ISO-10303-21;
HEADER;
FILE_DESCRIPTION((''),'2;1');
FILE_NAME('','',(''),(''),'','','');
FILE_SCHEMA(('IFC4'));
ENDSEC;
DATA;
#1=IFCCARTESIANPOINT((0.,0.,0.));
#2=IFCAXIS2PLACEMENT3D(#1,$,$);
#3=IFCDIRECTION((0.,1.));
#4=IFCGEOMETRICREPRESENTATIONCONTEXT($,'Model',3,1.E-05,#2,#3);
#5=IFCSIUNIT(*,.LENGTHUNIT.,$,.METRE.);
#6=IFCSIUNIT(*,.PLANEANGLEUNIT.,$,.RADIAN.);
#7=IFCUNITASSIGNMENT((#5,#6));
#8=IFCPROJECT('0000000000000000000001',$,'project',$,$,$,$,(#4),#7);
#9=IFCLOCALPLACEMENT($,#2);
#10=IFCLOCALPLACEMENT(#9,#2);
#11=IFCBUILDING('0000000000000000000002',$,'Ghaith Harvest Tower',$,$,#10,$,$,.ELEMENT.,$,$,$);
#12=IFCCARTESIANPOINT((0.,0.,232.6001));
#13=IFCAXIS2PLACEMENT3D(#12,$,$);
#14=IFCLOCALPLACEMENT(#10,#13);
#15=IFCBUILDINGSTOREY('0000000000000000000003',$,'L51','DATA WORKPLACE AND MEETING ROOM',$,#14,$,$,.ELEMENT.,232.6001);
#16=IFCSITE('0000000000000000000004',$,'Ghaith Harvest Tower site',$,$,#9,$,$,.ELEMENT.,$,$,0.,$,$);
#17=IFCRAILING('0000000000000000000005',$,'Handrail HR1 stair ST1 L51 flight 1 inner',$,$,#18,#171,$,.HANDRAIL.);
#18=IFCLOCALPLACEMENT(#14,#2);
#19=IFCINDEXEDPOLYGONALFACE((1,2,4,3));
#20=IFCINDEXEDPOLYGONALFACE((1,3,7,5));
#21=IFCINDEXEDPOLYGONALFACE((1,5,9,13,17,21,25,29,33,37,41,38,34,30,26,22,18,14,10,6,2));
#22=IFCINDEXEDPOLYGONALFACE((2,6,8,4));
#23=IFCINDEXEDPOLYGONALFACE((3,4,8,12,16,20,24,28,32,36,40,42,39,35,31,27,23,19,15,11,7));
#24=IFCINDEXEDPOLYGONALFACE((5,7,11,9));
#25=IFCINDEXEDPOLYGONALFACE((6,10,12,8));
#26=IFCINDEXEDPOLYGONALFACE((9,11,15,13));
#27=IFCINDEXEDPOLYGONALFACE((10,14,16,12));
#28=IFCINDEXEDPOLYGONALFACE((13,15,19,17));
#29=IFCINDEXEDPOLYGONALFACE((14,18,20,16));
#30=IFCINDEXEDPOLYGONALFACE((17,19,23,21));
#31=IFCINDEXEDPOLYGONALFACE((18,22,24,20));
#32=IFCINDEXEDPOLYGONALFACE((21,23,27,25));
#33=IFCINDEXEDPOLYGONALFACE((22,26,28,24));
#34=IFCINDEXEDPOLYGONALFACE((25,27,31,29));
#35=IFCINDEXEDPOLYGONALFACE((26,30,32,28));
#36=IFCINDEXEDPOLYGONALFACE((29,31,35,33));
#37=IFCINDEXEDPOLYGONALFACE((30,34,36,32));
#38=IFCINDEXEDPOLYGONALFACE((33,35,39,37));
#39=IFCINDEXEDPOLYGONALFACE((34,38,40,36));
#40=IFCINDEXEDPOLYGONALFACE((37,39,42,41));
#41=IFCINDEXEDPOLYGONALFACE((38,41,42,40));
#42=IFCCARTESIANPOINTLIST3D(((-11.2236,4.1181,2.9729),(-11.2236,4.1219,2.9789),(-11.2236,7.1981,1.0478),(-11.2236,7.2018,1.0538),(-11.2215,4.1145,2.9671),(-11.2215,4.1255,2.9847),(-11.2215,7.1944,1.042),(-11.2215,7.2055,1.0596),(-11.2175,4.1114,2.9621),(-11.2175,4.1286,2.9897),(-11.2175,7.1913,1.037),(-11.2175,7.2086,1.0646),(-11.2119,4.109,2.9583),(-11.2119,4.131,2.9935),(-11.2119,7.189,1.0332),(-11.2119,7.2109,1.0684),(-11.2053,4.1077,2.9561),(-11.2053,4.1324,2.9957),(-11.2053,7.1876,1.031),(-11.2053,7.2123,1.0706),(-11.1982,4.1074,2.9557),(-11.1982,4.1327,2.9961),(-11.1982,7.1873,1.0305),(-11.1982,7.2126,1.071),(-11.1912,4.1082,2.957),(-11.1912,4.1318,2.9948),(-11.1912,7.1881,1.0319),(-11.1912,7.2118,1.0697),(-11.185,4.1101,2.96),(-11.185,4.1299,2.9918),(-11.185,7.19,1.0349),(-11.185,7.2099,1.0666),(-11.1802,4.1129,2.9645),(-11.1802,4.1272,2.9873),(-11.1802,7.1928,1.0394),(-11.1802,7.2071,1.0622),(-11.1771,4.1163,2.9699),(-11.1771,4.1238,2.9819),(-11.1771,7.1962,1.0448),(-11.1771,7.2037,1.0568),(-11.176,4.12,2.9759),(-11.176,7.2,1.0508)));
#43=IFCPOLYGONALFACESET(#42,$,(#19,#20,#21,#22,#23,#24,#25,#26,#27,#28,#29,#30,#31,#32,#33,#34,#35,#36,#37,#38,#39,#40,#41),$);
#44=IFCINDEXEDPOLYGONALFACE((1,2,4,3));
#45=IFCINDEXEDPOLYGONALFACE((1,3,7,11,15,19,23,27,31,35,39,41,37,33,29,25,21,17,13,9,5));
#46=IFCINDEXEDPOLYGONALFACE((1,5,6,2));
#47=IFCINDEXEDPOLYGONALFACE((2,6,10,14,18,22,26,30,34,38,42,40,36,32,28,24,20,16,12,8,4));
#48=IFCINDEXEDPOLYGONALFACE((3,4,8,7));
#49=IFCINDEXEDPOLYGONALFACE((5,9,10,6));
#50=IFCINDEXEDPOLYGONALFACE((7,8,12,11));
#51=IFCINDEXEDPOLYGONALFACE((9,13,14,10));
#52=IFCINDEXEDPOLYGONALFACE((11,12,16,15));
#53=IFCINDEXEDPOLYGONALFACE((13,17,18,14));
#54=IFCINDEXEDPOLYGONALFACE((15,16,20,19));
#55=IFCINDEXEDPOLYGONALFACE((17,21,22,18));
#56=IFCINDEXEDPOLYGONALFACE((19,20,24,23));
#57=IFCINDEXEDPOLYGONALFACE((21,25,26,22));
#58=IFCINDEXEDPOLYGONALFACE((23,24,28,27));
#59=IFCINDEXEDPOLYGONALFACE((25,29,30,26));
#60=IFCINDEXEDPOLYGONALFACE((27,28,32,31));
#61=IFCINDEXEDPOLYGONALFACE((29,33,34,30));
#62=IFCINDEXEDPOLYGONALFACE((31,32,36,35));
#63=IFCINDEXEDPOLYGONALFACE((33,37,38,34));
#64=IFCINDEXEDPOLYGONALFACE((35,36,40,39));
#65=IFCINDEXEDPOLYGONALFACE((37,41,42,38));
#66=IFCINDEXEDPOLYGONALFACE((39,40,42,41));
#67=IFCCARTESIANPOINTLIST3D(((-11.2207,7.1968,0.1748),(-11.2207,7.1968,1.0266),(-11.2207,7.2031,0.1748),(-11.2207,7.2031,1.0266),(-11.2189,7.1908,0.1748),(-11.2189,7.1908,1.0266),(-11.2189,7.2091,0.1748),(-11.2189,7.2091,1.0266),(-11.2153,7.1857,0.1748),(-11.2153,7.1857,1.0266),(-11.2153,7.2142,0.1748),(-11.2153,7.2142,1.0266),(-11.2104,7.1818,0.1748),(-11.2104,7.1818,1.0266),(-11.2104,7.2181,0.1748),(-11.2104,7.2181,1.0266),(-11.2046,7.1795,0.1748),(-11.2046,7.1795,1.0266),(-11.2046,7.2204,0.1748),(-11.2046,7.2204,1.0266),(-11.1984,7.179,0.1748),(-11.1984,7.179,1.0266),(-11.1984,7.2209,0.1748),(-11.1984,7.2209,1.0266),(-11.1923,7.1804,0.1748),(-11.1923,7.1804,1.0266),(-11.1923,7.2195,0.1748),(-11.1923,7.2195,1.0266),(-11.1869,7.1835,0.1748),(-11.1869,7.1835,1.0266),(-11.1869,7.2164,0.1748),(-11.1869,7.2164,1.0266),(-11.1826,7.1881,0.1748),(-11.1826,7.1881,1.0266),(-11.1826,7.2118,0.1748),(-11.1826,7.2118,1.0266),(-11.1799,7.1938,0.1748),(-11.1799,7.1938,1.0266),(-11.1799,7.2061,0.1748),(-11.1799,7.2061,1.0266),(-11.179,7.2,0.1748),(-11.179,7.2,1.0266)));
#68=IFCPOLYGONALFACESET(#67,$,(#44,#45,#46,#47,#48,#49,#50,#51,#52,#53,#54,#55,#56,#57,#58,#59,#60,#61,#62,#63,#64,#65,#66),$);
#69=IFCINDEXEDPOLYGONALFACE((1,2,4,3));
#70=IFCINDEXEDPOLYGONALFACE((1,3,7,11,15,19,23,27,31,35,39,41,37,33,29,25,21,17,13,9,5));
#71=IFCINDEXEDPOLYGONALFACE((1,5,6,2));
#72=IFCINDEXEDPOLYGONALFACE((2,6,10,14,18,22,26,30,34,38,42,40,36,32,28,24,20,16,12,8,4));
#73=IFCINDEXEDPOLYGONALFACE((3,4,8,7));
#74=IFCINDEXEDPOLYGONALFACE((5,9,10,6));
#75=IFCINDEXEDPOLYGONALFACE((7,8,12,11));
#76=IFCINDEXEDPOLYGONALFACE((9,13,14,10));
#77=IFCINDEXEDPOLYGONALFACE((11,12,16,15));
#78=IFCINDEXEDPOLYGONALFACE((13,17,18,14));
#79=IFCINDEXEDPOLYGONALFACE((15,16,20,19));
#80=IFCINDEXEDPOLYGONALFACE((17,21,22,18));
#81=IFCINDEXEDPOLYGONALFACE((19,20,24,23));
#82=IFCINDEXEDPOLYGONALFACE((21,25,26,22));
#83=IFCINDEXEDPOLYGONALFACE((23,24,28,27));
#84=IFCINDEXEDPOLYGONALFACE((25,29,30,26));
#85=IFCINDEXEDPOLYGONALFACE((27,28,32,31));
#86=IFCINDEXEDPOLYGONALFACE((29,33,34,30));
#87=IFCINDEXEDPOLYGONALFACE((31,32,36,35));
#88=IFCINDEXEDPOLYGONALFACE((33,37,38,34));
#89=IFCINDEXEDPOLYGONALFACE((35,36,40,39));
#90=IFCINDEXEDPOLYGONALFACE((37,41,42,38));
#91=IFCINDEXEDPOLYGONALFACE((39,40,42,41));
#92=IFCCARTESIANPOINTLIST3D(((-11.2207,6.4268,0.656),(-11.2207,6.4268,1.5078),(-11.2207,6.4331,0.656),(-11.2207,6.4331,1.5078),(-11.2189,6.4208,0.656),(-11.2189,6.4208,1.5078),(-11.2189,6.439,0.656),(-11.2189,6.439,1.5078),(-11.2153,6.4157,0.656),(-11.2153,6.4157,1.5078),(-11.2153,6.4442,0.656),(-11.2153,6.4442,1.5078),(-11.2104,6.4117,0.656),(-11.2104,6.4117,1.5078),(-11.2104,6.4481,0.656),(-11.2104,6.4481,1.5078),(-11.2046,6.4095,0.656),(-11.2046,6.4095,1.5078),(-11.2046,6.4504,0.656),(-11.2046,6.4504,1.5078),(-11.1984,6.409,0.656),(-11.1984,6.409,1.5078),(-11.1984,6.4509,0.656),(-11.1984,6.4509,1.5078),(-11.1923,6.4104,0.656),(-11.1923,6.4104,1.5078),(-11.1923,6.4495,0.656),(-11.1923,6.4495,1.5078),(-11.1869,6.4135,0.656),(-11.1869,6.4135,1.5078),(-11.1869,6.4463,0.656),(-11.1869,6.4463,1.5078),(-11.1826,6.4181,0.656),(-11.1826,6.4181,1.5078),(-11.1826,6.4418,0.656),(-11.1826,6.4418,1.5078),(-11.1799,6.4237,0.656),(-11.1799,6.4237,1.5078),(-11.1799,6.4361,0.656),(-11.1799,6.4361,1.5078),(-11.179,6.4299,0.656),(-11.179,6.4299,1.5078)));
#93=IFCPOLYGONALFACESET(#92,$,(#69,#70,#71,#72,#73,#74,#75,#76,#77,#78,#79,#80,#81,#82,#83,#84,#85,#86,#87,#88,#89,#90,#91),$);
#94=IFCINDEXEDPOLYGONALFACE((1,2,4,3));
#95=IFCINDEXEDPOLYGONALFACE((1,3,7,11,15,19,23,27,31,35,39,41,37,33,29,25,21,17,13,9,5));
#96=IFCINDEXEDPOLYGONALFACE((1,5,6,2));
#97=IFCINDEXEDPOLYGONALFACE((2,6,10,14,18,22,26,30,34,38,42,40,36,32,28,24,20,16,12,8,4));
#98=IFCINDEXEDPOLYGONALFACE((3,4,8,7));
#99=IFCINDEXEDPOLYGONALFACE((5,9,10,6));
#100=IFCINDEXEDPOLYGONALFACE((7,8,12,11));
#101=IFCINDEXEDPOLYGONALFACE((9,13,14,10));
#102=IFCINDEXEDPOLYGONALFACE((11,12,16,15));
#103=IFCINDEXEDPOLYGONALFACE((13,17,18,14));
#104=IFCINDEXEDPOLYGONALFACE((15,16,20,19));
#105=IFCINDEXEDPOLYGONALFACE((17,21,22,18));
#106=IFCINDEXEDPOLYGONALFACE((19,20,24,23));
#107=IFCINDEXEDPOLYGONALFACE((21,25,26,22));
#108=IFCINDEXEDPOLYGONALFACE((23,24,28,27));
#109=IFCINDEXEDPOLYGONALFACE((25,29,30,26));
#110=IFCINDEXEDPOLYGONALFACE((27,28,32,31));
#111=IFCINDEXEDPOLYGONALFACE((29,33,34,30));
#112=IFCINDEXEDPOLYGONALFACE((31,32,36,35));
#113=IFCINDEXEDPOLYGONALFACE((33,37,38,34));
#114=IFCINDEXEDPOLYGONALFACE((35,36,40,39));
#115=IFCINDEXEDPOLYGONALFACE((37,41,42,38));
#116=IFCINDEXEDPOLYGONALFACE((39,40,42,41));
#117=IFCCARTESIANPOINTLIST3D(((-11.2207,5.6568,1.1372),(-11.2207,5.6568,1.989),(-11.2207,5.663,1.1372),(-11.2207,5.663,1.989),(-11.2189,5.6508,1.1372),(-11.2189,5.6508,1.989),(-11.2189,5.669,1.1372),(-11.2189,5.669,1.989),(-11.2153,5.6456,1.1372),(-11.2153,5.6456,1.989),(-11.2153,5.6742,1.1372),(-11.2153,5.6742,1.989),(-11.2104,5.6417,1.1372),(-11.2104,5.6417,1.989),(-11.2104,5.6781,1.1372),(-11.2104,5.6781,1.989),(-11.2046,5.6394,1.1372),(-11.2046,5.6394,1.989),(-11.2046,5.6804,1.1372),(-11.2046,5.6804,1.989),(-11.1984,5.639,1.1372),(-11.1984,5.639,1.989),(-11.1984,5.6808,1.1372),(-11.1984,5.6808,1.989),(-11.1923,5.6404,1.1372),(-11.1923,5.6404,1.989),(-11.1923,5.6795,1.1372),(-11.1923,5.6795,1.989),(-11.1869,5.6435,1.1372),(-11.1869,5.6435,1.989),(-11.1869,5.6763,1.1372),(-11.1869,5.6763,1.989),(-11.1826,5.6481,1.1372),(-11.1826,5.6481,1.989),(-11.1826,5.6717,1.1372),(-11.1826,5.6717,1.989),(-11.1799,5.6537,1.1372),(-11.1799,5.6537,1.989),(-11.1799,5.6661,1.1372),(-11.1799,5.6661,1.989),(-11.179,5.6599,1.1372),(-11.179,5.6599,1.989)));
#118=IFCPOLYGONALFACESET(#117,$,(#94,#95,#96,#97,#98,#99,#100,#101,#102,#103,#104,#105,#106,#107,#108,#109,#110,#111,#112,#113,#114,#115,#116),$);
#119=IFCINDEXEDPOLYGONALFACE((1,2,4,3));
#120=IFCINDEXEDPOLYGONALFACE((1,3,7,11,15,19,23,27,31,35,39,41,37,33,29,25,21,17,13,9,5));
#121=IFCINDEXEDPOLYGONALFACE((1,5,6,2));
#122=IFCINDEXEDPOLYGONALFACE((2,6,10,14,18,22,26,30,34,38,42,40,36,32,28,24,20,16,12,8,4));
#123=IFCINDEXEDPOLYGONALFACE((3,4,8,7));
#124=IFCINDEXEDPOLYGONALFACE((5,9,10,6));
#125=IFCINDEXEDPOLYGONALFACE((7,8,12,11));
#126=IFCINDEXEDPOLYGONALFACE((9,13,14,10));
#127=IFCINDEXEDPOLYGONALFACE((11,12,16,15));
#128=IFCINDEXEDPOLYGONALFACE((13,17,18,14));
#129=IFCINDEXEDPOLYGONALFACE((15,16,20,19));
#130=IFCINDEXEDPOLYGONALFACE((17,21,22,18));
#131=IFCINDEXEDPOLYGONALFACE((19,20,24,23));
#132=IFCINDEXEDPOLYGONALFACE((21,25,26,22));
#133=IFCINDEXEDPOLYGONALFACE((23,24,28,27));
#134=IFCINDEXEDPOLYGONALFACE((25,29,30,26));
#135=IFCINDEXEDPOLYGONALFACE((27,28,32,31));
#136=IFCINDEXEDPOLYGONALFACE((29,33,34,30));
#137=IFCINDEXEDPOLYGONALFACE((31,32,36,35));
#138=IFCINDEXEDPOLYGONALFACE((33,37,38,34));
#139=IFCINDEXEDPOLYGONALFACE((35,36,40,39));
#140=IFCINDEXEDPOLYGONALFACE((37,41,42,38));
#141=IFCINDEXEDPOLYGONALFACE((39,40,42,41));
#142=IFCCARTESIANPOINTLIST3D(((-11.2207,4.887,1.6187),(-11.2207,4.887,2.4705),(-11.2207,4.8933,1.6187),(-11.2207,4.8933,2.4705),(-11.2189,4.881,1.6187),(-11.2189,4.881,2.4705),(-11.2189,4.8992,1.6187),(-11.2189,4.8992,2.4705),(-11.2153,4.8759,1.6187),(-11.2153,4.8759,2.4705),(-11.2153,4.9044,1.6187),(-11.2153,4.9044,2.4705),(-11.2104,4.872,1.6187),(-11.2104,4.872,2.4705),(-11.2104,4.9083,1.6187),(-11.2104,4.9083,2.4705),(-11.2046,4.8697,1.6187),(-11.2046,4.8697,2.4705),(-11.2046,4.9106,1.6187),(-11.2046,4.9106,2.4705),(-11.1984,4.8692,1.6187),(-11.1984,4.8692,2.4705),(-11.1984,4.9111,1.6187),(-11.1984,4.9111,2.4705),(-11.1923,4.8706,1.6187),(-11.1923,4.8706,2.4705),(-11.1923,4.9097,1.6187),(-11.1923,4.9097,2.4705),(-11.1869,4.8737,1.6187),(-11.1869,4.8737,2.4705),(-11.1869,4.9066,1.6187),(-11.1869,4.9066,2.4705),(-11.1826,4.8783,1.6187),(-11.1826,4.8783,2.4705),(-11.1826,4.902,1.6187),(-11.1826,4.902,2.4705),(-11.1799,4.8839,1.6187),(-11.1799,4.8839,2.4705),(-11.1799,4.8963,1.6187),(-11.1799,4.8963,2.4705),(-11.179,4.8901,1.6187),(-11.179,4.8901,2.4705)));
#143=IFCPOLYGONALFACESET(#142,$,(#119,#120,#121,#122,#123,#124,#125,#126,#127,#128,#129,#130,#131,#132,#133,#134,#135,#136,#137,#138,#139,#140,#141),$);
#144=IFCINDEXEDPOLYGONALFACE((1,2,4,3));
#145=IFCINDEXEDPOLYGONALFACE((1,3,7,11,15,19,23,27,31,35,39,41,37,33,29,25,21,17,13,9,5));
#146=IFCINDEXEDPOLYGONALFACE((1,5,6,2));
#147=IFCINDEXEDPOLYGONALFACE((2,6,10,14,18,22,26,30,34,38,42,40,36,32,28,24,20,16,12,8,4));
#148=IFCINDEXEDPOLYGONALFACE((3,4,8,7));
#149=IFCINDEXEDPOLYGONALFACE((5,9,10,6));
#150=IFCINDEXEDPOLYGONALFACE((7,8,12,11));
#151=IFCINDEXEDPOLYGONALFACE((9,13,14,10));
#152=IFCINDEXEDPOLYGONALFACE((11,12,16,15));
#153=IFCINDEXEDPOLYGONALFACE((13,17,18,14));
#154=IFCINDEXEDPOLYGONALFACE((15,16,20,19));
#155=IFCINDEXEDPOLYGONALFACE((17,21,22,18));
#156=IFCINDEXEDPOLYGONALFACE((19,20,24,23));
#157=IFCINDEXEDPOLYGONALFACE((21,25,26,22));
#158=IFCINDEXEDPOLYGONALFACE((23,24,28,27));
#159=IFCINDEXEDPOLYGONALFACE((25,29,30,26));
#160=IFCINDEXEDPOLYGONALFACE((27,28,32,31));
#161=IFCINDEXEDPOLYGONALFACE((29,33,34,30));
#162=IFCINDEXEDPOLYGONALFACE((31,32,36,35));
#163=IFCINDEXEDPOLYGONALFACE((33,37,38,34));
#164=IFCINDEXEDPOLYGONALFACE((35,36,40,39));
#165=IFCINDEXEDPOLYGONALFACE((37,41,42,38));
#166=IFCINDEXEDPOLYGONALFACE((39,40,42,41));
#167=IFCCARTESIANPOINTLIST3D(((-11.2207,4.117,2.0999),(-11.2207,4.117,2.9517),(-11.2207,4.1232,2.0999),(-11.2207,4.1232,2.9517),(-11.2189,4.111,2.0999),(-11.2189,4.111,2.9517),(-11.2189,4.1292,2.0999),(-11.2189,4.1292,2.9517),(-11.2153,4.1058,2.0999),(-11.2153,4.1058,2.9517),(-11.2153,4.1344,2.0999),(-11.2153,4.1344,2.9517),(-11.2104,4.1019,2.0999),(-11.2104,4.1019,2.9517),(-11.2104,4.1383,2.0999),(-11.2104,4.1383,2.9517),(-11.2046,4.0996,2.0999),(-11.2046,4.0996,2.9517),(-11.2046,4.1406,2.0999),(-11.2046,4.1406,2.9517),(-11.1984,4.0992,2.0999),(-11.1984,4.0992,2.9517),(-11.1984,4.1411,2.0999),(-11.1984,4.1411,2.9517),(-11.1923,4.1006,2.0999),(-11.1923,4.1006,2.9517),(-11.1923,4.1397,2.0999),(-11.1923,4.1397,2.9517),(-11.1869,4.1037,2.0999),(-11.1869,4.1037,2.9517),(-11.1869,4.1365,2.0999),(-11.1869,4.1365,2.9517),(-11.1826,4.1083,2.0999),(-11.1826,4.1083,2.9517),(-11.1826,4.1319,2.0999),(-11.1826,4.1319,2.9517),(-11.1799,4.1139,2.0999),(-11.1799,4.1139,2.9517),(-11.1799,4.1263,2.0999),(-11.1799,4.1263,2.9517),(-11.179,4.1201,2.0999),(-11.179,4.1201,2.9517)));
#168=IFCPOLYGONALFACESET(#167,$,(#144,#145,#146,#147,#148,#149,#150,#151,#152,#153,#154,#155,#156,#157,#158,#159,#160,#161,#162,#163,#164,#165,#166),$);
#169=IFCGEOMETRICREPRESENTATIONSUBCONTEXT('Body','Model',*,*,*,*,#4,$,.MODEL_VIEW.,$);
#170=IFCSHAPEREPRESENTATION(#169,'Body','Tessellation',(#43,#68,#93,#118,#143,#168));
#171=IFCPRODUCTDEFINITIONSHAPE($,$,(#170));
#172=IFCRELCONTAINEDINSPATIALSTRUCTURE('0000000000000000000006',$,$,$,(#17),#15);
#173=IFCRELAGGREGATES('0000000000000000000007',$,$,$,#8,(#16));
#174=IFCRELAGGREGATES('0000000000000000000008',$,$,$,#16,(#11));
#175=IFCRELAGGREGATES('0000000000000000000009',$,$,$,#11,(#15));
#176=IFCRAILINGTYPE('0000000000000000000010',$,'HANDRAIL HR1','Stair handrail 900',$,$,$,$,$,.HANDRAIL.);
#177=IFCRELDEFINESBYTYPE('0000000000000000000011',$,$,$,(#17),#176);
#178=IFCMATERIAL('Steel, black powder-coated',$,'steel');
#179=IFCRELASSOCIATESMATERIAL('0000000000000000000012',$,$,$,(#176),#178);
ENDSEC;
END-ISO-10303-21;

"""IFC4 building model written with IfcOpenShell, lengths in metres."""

from ifc_helpers import new_model, si_unit, direction, frame, origin, origin_2d, place, context, subcontext, project, spatial, circle, extrude, material, type_object, element, save


model = new_model("IFC4")

# Units and contexts
model_context = context("Model", 3, precision=1e-05, world=origin(), true_north=direction((0.0, 1.0)))
body_context = subcontext(model_context, "Body", "Model", "MODEL_VIEW")
ifc_project = project(units=[si_unit("LENGTHUNIT", "METRE"), si_unit("PLANEANGLEUNIT", "RADIAN")], contexts=[model_context])

# Site, building, storey
site_placement = place(None, origin())
site = spatial("IfcSite", under=ifc_project, at=site_placement, Name="Ghaith Harvest Tower site", CompositionType="ELEMENT", RefElevation=0.0)
building_placement = place(site_placement, origin())
building = spatial("IfcBuilding", under=site, at=building_placement, Name="Ghaith Harvest Tower", CompositionType="ELEMENT")
storey_placement = place(building_placement, frame((0.0, 0.0, 232.6001)))
storey = spatial("IfcBuildingStorey", under=building, at=storey_placement, Name="L51", Description="DATA WORKPLACE AND MEETING ROOM", CompositionType="ELEMENT", Elevation=232.6001)

# Railing
ifc_material_1 = material(Name="Steel, black powder-coated", Category="steel")
railing_type = type_object("IfcRailingType", Name="HANDRAIL HR1", Description="Stair handrail 900", PredefinedType="HANDRAIL", material=ifc_material_1)
railing_1_placement = place(storey_placement, frame((-11.2, 7.2, 0.1748)))
element("IfcRailing", 1, at=railing_1_placement, inside=storey, type_object=railing_type, Name="Handrail HR1 stair ST1 L51 flight 1 inner", PredefinedType="HANDRAIL", context=body_context, shape_type="SweptSolid", body=[
    extrude(circle(Radius=0.0239, at=origin_2d()), frame((0.0, 0.0, 0.876), z_axis=(0.0, -0.847979, 0.530029), x_axis=(1.0, 0.0, 0.0)), (0.0, 0.0, 1.0), 3.6321),
    extrude(circle(Radius=0.021, at=origin_2d()), origin(), (0.0, 0.0, 1.0), 0.8518),
    extrude(circle(Radius=0.021, at=origin_2d()), frame((0.0, -0.77, 0.4812)), (0.0, 0.0, 1.0), 0.8518),
    extrude(circle(Radius=0.021, at=origin_2d()), frame((0.0, -1.54, 0.9624)), (0.0, 0.0, 1.0), 0.8518),
    extrude(circle(Radius=0.021, at=origin_2d()), frame((0.0, -2.3098, 1.4438)), (0.0, 0.0, 1.0), 0.8518),
    extrude(circle(Radius=0.021, at=origin_2d()), frame((0.0, -3.0798, 1.925)), (0.0, 0.0, 1.0), 0.8518),
])

save(model, "model.ifc")
